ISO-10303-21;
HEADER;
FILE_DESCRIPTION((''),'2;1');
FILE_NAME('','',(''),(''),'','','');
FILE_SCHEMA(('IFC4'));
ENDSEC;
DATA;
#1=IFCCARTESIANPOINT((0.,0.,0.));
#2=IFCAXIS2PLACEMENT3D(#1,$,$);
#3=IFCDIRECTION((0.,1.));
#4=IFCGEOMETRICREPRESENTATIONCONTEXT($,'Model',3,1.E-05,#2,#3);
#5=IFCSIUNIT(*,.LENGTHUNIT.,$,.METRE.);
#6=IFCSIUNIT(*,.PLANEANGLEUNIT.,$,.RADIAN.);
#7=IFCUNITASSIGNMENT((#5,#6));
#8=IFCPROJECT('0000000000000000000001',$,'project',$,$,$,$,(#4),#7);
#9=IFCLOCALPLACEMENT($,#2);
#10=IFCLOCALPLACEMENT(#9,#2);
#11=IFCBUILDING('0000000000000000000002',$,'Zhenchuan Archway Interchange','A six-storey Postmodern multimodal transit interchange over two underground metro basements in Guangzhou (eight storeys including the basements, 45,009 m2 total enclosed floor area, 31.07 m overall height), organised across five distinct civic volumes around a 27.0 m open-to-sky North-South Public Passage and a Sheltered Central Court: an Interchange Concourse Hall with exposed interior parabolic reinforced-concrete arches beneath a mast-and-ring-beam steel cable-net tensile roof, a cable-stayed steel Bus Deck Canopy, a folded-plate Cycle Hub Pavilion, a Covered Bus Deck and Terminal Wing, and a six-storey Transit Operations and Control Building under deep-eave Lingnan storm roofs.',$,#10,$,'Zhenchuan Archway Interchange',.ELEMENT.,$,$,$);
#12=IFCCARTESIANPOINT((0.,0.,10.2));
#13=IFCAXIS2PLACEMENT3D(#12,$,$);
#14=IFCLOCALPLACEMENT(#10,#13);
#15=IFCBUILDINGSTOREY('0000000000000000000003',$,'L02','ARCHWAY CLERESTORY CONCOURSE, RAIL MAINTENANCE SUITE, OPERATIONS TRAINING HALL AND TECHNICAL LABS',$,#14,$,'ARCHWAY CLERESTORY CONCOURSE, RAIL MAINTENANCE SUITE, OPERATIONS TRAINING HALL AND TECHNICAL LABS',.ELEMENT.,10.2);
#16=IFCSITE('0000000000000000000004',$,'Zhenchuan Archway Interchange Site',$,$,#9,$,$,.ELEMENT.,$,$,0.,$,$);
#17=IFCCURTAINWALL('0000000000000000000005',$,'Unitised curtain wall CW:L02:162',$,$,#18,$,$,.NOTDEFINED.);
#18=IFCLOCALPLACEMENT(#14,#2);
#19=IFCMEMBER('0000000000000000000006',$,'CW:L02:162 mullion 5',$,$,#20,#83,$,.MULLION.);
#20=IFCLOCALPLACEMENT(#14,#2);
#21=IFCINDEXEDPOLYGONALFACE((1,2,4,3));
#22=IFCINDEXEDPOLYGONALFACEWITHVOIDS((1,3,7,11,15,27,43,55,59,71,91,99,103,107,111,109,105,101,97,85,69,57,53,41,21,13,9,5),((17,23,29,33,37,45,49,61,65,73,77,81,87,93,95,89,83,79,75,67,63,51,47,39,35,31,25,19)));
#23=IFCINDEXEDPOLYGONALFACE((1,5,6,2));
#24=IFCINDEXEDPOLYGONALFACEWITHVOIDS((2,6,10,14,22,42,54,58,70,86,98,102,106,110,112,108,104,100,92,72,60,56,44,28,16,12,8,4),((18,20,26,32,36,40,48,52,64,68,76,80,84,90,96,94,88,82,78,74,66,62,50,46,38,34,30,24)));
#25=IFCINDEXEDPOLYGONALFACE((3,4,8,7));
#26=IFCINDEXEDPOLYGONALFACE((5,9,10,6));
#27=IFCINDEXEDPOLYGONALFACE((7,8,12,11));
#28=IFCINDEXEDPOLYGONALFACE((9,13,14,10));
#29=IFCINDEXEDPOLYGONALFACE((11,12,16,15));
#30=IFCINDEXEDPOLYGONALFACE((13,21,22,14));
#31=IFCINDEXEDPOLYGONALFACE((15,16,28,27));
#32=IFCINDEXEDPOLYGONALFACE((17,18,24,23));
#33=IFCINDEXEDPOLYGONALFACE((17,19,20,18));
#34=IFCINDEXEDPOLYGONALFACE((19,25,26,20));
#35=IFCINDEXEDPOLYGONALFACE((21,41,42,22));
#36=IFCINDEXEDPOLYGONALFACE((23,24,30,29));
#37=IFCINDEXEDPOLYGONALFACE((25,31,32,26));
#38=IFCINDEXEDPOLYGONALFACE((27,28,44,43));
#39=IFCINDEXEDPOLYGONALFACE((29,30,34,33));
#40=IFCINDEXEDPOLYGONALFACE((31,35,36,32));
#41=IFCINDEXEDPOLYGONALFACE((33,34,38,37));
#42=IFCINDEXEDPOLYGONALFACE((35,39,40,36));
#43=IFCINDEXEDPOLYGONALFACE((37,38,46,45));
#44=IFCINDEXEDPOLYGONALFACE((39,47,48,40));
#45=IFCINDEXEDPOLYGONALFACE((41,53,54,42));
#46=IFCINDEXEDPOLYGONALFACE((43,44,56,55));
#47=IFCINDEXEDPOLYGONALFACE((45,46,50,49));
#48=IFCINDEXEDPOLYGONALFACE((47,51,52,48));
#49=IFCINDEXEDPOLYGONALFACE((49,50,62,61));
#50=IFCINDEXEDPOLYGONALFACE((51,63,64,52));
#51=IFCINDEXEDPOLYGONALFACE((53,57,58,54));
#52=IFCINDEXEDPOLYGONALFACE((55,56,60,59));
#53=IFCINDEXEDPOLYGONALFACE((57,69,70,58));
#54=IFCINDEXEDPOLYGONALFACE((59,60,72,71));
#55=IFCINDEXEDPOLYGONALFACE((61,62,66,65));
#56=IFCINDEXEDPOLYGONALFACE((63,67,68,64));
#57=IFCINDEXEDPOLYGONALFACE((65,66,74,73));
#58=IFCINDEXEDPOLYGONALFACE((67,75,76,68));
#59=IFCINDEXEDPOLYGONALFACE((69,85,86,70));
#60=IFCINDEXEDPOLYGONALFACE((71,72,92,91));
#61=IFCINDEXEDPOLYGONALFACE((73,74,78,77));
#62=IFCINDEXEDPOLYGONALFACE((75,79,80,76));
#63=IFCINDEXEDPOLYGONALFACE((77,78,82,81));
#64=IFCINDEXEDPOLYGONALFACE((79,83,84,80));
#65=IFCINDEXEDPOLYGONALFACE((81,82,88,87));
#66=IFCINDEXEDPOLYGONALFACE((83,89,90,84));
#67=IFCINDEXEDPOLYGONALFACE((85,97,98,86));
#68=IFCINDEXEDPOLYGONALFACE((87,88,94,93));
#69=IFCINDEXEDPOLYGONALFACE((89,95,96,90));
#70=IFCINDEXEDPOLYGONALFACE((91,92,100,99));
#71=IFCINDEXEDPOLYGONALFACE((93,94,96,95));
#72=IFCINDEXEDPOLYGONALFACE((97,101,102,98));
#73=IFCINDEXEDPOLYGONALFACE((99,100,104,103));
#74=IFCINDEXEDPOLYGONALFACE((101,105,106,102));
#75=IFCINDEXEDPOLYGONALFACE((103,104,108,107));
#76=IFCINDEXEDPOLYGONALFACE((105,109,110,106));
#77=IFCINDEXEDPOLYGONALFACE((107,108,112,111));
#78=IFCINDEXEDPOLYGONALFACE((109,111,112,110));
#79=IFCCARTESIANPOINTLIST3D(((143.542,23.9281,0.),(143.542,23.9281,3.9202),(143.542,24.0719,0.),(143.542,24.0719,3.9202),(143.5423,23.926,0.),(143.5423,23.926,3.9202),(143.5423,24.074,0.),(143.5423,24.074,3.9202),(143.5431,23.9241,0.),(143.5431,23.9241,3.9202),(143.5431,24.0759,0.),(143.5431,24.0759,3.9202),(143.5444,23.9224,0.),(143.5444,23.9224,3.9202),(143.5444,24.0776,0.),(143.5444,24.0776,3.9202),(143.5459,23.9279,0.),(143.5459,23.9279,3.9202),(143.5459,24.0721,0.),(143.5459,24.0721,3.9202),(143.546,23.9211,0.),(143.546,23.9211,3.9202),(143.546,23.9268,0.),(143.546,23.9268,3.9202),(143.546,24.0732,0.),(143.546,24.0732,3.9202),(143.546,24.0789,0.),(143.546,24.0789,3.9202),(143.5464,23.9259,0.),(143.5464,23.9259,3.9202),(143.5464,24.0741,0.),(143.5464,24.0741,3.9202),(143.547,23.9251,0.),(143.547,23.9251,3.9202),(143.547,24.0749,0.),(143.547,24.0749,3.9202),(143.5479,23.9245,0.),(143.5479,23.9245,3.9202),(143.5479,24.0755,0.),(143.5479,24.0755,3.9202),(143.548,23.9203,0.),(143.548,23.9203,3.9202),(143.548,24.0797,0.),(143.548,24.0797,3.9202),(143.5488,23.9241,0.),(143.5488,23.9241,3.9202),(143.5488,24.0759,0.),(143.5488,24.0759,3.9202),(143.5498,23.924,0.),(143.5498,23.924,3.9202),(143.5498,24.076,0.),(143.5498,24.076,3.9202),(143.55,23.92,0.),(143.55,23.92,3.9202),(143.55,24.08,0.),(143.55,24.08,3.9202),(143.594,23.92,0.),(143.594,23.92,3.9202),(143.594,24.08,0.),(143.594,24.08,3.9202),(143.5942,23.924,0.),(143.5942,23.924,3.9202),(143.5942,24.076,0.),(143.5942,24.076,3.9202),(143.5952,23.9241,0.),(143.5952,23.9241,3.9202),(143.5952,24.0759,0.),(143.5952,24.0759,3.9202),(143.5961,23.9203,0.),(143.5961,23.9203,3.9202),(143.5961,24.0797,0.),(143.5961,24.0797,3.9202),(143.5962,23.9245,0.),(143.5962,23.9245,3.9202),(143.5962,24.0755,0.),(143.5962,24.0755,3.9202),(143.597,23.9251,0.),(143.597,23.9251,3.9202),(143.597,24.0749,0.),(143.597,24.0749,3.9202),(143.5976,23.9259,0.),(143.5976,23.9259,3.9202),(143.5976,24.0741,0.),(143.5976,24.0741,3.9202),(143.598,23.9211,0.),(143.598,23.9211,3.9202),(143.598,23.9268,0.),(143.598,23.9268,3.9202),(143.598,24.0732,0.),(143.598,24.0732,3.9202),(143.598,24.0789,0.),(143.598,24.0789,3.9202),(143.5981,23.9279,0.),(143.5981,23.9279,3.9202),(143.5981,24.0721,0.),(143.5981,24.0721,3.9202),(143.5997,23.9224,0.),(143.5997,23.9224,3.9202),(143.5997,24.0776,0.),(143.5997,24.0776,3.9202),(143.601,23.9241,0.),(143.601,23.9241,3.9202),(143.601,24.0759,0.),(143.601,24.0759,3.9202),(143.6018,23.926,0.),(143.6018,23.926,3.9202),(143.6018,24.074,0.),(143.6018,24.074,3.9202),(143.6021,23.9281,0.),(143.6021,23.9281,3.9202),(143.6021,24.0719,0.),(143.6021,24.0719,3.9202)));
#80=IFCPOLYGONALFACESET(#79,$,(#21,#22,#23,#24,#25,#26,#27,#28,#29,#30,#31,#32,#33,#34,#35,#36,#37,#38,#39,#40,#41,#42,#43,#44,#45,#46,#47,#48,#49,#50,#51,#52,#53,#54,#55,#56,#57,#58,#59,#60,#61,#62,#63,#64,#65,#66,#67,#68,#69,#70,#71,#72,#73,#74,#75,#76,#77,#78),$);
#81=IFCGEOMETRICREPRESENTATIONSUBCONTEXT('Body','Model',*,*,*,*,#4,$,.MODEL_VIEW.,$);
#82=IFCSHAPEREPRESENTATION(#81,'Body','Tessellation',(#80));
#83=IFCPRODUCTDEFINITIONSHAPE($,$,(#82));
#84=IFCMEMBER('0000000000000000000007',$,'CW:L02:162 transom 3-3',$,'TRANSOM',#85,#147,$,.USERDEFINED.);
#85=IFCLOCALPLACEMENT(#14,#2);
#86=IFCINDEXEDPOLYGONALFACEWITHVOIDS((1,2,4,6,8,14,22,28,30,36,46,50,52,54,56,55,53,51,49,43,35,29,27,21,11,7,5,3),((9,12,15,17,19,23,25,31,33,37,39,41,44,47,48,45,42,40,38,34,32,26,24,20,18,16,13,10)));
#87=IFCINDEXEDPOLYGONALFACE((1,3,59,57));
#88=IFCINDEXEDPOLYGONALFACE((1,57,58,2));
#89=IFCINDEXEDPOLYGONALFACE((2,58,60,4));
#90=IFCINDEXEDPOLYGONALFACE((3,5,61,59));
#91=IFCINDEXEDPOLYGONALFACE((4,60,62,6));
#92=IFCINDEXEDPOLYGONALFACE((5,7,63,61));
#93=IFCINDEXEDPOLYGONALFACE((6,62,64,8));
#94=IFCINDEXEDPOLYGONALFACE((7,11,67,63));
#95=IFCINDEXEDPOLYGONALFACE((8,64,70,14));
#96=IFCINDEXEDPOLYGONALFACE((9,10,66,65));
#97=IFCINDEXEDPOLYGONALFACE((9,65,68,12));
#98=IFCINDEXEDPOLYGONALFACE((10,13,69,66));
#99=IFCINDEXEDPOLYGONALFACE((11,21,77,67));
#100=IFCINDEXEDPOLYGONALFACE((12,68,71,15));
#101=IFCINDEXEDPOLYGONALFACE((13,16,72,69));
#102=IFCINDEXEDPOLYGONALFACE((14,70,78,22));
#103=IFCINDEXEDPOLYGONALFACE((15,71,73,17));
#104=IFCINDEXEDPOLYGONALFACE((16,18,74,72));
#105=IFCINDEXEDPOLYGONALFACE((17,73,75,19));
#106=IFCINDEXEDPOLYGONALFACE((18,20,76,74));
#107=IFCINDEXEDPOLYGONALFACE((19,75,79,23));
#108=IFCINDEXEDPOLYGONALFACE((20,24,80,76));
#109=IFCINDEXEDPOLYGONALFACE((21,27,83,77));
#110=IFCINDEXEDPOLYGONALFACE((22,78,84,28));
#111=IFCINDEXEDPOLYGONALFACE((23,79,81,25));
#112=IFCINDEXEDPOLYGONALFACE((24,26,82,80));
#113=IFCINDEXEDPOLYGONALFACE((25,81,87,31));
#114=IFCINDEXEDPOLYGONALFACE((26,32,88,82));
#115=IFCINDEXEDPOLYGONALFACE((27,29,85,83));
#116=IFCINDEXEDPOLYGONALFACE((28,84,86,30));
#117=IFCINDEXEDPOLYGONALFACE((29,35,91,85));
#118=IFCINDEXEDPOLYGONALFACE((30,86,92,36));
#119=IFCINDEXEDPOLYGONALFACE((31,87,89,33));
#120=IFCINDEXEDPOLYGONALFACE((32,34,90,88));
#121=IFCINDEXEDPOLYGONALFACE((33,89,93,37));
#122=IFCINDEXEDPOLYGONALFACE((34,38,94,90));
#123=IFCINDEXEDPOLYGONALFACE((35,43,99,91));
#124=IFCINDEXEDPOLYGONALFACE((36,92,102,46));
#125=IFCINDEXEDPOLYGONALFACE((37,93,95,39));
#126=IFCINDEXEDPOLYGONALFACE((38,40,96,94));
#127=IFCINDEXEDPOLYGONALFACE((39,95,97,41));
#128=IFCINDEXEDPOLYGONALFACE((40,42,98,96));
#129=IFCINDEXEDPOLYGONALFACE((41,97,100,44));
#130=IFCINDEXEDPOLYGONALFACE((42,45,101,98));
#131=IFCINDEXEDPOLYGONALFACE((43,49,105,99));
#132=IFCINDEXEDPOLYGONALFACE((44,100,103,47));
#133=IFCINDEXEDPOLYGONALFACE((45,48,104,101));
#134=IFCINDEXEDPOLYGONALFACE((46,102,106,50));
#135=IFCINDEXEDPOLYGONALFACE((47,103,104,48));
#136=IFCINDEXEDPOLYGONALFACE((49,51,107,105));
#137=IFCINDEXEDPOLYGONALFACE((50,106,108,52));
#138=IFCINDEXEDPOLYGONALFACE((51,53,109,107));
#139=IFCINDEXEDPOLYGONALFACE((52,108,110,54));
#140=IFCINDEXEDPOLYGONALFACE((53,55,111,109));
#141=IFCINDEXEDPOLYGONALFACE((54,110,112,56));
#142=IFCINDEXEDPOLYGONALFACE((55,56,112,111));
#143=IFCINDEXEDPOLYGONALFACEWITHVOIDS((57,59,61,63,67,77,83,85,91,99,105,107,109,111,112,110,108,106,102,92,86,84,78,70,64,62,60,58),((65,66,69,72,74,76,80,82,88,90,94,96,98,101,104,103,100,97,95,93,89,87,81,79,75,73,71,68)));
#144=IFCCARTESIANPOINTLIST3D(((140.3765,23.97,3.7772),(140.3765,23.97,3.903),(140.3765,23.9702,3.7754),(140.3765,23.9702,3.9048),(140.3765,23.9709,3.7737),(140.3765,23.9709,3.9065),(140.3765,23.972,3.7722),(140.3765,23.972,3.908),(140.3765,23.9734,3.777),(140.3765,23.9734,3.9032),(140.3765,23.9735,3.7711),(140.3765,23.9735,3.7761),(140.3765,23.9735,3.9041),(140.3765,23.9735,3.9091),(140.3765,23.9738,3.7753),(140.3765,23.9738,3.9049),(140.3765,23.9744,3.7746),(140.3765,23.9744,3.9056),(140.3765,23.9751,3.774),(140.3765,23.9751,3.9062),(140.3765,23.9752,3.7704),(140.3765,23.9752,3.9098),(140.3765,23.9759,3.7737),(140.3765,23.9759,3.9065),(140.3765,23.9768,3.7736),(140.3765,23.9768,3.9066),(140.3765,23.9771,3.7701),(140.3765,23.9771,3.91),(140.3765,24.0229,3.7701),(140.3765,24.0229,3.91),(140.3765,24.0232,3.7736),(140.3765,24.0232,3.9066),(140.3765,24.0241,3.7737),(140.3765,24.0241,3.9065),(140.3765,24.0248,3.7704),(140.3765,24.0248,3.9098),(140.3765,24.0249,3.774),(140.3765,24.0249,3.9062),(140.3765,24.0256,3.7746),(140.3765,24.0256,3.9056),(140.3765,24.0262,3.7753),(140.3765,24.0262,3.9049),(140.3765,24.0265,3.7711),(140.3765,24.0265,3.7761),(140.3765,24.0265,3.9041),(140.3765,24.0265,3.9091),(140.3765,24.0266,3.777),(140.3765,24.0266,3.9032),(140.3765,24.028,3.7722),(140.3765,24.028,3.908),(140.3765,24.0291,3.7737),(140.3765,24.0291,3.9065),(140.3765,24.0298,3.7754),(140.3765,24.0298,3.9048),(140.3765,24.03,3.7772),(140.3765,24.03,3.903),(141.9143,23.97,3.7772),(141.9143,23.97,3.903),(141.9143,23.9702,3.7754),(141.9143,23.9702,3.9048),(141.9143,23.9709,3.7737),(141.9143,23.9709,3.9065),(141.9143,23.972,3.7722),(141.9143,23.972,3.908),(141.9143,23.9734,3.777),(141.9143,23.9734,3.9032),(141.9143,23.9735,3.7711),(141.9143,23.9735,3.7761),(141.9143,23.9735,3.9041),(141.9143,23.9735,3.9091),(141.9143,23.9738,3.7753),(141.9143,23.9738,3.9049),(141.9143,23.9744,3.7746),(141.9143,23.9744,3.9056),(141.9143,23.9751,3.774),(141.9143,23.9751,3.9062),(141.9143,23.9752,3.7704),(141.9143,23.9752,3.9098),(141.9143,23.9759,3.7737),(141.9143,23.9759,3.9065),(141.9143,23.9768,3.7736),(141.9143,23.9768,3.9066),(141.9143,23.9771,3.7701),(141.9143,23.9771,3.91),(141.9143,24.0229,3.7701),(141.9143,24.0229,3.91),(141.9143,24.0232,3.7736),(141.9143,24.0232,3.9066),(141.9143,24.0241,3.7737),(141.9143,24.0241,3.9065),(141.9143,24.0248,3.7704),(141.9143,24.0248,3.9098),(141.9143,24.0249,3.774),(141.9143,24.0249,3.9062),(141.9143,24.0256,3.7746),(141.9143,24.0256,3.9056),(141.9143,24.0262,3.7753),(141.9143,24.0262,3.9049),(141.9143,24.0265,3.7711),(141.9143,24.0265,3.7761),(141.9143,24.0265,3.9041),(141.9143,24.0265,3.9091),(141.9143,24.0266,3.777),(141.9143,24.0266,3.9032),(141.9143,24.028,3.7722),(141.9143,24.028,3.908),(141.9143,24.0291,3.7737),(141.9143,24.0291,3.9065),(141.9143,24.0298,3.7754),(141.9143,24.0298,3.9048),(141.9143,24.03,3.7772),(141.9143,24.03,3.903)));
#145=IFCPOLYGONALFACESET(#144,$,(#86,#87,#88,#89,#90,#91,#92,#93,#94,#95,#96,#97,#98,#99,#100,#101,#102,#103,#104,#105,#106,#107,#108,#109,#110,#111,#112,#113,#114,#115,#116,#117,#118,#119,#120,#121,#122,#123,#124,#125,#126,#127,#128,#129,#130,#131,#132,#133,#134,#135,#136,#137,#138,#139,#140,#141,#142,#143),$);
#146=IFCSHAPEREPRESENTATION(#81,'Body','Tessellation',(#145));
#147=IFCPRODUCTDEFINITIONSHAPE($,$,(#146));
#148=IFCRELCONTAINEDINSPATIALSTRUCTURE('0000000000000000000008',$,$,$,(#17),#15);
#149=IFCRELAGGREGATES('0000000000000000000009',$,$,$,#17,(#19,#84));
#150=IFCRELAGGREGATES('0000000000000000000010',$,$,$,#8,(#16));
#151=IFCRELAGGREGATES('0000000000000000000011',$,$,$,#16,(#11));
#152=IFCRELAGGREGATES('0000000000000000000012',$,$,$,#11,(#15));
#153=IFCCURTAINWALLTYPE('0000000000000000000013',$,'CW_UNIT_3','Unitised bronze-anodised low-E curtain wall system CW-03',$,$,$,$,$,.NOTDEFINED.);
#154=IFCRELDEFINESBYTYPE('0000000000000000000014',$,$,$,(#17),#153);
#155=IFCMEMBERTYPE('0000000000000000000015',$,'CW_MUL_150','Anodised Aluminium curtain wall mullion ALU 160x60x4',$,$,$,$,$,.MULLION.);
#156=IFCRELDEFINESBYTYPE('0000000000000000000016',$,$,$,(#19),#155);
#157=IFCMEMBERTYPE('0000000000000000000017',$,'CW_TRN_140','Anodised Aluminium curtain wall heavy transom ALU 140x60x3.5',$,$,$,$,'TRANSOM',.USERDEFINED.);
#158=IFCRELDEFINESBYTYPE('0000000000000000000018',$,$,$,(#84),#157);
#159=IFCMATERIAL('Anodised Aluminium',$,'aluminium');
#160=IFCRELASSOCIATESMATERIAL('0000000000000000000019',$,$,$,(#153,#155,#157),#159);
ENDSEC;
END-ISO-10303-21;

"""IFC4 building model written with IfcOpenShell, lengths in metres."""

from ifc_helpers import new_model, si_unit, direction, frame, origin, origin_2d, place, context, subcontext, project, spatial, hollow_rectangle, extrude, material, material_profile, profile_set, type_object, element, aggregate, save


model = new_model("IFC4")

# Units and contexts
model_context = context("Model", 3, precision=1e-05, world=origin(), true_north=direction((0.0, 1.0)))
body_context = subcontext(model_context, "Body", "Model", "MODEL_VIEW")
ifc_project = project(units=[si_unit("LENGTHUNIT", "METRE"), si_unit("PLANEANGLEUNIT", "RADIAN")], contexts=[model_context])

# Site, building, storey
site_placement = place(None, origin())
site = spatial("IfcSite", under=ifc_project, at=site_placement, Name="Zhenchuan Archway Interchange Site", CompositionType="ELEMENT", RefElevation=0.0)
building_placement = place(site_placement, origin())
building = spatial("IfcBuilding", under=site, at=building_placement, Name="Zhenchuan Archway Interchange", Description="A six-storey Postmodern multimodal transit interchange over two underground metro basements in Guangzhou (eight storeys including the basements, 45,009 m2 total enclosed floor area, 31.07 m overall height), organised across five distinct civic volumes around a 27.0 m open-to-sky North-South Public Passage and a Sheltered Central Court: an Interchange Concourse Hall with exposed interior parabolic reinforced-concrete arches beneath a mast-and-ring-beam steel cable-net tensile roof, a cable-stayed steel Bus Deck Canopy, a folded-plate Cycle Hub Pavilion, a Covered Bus Deck and Terminal Wing, and a six-storey Transit Operations and Control Building under deep-eave Lingnan storm roofs.", LongName="Zhenchuan Archway Interchange", CompositionType="ELEMENT")
storey_placement = place(building_placement, frame((0.0, 0.0, 10.2)))
storey = spatial("IfcBuildingStorey", under=building, at=storey_placement, Name="L02", Description="ARCHWAY CLERESTORY CONCOURSE, RAIL MAINTENANCE SUITE, OPERATIONS TRAINING HALL AND TECHNICAL LABS", LongName="ARCHWAY CLERESTORY CONCOURSE, RAIL MAINTENANCE SUITE, OPERATIONS TRAINING HALL AND TECHNICAL LABS", CompositionType="ELEMENT", Elevation=10.2)

# Curtain wall, members
ifc_material_1 = material(Name="Anodised Aluminium", Category="aluminium")
curtain_wall_type = type_object("IfcCurtainWallType", Name="CW_UNIT_3", Description="Unitised bronze-anodised low-E curtain wall system CW-03", PredefinedType="NOTDEFINED", material=ifc_material_1)
curtain_wall_placement = place(storey_placement, origin())
curtain_wall = element("IfcCurtainWall", 1, at=curtain_wall_placement, inside=storey, type_object=curtain_wall_type, Name="Unitised curtain wall CW:L02:162", PredefinedType="NOTDEFINED")
ifc_material_profile_1 = material_profile(ifc_material_1, hollow_rectangle(XDim=0.0601, YDim=0.1599, WallThickness=0.0039, InnerFilletRadius=0.0039, OuterFilletRadius=0.0081, at=origin_2d()), Name="ALU 160x60x4")
ifc_profile_set_1 = profile_set([ifc_material_profile_1], Name="Anodised Aluminium")
member_type_1 = type_object("IfcMemberType", Name="CW_MUL_150", Description="Anodised Aluminium curtain wall mullion ALU 160x60x4", PredefinedType="MULLION", material=ifc_profile_set_1)
member_1_placement = place(storey_placement, frame((143.572, 24.0, 0.0), z_axis=(0.0, 0.0, 1.0), x_axis=(1.0, 0.0, 0.0)))
member_1 = element("IfcMember", 2, at=member_1_placement, type_object=member_type_1, Name="CW:L02:162 mullion 5", PredefinedType="MULLION", context=body_context, shape_type="SweptSolid", body=[
    extrude(hollow_rectangle(XDim=0.0601, YDim=0.1599, WallThickness=0.0039, InnerFilletRadius=0.0039, OuterFilletRadius=0.0081, at=origin_2d()), origin(), (0.0, 0.0, 1.0), 3.9202),
])
ifc_material_profile_2 = material_profile(ifc_material_1, hollow_rectangle(XDim=0.0601, YDim=0.1399, WallThickness=0.0034, InnerFilletRadius=0.0034, OuterFilletRadius=0.0071, at=origin_2d()), Name="ALU 140x60x3.5")
ifc_profile_set_2 = profile_set([ifc_material_profile_2], Name="Anodised Aluminium")
member_type_2 = type_object("IfcMemberType", Name="CW_TRN_140", Description="Anodised Aluminium curtain wall heavy transom ALU 140x60x3.5", ElementType="TRANSOM", PredefinedType="USERDEFINED", material=ifc_profile_set_2)
member_2_placement = place(storey_placement, frame((140.3765, 24.0, 3.8401), z_axis=(1.0, 0.0, 0.0), x_axis=(0.0, 1.0, 0.0)))
member_2 = element("IfcMember", 3, at=member_2_placement, type_object=member_type_2, Name="CW:L02:162 transom 3-3", ObjectType="TRANSOM", PredefinedType="USERDEFINED", context=body_context, shape_type="SweptSolid", body=[
    extrude(hollow_rectangle(XDim=0.0601, YDim=0.1399, WallThickness=0.0034, InnerFilletRadius=0.0034, OuterFilletRadius=0.0071, at=origin_2d()), origin(), (0.0, 0.0, 1.0), 1.5378),
])

aggregate(curtain_wall, [member_1, member_2])

save(model, "model.ifc")
